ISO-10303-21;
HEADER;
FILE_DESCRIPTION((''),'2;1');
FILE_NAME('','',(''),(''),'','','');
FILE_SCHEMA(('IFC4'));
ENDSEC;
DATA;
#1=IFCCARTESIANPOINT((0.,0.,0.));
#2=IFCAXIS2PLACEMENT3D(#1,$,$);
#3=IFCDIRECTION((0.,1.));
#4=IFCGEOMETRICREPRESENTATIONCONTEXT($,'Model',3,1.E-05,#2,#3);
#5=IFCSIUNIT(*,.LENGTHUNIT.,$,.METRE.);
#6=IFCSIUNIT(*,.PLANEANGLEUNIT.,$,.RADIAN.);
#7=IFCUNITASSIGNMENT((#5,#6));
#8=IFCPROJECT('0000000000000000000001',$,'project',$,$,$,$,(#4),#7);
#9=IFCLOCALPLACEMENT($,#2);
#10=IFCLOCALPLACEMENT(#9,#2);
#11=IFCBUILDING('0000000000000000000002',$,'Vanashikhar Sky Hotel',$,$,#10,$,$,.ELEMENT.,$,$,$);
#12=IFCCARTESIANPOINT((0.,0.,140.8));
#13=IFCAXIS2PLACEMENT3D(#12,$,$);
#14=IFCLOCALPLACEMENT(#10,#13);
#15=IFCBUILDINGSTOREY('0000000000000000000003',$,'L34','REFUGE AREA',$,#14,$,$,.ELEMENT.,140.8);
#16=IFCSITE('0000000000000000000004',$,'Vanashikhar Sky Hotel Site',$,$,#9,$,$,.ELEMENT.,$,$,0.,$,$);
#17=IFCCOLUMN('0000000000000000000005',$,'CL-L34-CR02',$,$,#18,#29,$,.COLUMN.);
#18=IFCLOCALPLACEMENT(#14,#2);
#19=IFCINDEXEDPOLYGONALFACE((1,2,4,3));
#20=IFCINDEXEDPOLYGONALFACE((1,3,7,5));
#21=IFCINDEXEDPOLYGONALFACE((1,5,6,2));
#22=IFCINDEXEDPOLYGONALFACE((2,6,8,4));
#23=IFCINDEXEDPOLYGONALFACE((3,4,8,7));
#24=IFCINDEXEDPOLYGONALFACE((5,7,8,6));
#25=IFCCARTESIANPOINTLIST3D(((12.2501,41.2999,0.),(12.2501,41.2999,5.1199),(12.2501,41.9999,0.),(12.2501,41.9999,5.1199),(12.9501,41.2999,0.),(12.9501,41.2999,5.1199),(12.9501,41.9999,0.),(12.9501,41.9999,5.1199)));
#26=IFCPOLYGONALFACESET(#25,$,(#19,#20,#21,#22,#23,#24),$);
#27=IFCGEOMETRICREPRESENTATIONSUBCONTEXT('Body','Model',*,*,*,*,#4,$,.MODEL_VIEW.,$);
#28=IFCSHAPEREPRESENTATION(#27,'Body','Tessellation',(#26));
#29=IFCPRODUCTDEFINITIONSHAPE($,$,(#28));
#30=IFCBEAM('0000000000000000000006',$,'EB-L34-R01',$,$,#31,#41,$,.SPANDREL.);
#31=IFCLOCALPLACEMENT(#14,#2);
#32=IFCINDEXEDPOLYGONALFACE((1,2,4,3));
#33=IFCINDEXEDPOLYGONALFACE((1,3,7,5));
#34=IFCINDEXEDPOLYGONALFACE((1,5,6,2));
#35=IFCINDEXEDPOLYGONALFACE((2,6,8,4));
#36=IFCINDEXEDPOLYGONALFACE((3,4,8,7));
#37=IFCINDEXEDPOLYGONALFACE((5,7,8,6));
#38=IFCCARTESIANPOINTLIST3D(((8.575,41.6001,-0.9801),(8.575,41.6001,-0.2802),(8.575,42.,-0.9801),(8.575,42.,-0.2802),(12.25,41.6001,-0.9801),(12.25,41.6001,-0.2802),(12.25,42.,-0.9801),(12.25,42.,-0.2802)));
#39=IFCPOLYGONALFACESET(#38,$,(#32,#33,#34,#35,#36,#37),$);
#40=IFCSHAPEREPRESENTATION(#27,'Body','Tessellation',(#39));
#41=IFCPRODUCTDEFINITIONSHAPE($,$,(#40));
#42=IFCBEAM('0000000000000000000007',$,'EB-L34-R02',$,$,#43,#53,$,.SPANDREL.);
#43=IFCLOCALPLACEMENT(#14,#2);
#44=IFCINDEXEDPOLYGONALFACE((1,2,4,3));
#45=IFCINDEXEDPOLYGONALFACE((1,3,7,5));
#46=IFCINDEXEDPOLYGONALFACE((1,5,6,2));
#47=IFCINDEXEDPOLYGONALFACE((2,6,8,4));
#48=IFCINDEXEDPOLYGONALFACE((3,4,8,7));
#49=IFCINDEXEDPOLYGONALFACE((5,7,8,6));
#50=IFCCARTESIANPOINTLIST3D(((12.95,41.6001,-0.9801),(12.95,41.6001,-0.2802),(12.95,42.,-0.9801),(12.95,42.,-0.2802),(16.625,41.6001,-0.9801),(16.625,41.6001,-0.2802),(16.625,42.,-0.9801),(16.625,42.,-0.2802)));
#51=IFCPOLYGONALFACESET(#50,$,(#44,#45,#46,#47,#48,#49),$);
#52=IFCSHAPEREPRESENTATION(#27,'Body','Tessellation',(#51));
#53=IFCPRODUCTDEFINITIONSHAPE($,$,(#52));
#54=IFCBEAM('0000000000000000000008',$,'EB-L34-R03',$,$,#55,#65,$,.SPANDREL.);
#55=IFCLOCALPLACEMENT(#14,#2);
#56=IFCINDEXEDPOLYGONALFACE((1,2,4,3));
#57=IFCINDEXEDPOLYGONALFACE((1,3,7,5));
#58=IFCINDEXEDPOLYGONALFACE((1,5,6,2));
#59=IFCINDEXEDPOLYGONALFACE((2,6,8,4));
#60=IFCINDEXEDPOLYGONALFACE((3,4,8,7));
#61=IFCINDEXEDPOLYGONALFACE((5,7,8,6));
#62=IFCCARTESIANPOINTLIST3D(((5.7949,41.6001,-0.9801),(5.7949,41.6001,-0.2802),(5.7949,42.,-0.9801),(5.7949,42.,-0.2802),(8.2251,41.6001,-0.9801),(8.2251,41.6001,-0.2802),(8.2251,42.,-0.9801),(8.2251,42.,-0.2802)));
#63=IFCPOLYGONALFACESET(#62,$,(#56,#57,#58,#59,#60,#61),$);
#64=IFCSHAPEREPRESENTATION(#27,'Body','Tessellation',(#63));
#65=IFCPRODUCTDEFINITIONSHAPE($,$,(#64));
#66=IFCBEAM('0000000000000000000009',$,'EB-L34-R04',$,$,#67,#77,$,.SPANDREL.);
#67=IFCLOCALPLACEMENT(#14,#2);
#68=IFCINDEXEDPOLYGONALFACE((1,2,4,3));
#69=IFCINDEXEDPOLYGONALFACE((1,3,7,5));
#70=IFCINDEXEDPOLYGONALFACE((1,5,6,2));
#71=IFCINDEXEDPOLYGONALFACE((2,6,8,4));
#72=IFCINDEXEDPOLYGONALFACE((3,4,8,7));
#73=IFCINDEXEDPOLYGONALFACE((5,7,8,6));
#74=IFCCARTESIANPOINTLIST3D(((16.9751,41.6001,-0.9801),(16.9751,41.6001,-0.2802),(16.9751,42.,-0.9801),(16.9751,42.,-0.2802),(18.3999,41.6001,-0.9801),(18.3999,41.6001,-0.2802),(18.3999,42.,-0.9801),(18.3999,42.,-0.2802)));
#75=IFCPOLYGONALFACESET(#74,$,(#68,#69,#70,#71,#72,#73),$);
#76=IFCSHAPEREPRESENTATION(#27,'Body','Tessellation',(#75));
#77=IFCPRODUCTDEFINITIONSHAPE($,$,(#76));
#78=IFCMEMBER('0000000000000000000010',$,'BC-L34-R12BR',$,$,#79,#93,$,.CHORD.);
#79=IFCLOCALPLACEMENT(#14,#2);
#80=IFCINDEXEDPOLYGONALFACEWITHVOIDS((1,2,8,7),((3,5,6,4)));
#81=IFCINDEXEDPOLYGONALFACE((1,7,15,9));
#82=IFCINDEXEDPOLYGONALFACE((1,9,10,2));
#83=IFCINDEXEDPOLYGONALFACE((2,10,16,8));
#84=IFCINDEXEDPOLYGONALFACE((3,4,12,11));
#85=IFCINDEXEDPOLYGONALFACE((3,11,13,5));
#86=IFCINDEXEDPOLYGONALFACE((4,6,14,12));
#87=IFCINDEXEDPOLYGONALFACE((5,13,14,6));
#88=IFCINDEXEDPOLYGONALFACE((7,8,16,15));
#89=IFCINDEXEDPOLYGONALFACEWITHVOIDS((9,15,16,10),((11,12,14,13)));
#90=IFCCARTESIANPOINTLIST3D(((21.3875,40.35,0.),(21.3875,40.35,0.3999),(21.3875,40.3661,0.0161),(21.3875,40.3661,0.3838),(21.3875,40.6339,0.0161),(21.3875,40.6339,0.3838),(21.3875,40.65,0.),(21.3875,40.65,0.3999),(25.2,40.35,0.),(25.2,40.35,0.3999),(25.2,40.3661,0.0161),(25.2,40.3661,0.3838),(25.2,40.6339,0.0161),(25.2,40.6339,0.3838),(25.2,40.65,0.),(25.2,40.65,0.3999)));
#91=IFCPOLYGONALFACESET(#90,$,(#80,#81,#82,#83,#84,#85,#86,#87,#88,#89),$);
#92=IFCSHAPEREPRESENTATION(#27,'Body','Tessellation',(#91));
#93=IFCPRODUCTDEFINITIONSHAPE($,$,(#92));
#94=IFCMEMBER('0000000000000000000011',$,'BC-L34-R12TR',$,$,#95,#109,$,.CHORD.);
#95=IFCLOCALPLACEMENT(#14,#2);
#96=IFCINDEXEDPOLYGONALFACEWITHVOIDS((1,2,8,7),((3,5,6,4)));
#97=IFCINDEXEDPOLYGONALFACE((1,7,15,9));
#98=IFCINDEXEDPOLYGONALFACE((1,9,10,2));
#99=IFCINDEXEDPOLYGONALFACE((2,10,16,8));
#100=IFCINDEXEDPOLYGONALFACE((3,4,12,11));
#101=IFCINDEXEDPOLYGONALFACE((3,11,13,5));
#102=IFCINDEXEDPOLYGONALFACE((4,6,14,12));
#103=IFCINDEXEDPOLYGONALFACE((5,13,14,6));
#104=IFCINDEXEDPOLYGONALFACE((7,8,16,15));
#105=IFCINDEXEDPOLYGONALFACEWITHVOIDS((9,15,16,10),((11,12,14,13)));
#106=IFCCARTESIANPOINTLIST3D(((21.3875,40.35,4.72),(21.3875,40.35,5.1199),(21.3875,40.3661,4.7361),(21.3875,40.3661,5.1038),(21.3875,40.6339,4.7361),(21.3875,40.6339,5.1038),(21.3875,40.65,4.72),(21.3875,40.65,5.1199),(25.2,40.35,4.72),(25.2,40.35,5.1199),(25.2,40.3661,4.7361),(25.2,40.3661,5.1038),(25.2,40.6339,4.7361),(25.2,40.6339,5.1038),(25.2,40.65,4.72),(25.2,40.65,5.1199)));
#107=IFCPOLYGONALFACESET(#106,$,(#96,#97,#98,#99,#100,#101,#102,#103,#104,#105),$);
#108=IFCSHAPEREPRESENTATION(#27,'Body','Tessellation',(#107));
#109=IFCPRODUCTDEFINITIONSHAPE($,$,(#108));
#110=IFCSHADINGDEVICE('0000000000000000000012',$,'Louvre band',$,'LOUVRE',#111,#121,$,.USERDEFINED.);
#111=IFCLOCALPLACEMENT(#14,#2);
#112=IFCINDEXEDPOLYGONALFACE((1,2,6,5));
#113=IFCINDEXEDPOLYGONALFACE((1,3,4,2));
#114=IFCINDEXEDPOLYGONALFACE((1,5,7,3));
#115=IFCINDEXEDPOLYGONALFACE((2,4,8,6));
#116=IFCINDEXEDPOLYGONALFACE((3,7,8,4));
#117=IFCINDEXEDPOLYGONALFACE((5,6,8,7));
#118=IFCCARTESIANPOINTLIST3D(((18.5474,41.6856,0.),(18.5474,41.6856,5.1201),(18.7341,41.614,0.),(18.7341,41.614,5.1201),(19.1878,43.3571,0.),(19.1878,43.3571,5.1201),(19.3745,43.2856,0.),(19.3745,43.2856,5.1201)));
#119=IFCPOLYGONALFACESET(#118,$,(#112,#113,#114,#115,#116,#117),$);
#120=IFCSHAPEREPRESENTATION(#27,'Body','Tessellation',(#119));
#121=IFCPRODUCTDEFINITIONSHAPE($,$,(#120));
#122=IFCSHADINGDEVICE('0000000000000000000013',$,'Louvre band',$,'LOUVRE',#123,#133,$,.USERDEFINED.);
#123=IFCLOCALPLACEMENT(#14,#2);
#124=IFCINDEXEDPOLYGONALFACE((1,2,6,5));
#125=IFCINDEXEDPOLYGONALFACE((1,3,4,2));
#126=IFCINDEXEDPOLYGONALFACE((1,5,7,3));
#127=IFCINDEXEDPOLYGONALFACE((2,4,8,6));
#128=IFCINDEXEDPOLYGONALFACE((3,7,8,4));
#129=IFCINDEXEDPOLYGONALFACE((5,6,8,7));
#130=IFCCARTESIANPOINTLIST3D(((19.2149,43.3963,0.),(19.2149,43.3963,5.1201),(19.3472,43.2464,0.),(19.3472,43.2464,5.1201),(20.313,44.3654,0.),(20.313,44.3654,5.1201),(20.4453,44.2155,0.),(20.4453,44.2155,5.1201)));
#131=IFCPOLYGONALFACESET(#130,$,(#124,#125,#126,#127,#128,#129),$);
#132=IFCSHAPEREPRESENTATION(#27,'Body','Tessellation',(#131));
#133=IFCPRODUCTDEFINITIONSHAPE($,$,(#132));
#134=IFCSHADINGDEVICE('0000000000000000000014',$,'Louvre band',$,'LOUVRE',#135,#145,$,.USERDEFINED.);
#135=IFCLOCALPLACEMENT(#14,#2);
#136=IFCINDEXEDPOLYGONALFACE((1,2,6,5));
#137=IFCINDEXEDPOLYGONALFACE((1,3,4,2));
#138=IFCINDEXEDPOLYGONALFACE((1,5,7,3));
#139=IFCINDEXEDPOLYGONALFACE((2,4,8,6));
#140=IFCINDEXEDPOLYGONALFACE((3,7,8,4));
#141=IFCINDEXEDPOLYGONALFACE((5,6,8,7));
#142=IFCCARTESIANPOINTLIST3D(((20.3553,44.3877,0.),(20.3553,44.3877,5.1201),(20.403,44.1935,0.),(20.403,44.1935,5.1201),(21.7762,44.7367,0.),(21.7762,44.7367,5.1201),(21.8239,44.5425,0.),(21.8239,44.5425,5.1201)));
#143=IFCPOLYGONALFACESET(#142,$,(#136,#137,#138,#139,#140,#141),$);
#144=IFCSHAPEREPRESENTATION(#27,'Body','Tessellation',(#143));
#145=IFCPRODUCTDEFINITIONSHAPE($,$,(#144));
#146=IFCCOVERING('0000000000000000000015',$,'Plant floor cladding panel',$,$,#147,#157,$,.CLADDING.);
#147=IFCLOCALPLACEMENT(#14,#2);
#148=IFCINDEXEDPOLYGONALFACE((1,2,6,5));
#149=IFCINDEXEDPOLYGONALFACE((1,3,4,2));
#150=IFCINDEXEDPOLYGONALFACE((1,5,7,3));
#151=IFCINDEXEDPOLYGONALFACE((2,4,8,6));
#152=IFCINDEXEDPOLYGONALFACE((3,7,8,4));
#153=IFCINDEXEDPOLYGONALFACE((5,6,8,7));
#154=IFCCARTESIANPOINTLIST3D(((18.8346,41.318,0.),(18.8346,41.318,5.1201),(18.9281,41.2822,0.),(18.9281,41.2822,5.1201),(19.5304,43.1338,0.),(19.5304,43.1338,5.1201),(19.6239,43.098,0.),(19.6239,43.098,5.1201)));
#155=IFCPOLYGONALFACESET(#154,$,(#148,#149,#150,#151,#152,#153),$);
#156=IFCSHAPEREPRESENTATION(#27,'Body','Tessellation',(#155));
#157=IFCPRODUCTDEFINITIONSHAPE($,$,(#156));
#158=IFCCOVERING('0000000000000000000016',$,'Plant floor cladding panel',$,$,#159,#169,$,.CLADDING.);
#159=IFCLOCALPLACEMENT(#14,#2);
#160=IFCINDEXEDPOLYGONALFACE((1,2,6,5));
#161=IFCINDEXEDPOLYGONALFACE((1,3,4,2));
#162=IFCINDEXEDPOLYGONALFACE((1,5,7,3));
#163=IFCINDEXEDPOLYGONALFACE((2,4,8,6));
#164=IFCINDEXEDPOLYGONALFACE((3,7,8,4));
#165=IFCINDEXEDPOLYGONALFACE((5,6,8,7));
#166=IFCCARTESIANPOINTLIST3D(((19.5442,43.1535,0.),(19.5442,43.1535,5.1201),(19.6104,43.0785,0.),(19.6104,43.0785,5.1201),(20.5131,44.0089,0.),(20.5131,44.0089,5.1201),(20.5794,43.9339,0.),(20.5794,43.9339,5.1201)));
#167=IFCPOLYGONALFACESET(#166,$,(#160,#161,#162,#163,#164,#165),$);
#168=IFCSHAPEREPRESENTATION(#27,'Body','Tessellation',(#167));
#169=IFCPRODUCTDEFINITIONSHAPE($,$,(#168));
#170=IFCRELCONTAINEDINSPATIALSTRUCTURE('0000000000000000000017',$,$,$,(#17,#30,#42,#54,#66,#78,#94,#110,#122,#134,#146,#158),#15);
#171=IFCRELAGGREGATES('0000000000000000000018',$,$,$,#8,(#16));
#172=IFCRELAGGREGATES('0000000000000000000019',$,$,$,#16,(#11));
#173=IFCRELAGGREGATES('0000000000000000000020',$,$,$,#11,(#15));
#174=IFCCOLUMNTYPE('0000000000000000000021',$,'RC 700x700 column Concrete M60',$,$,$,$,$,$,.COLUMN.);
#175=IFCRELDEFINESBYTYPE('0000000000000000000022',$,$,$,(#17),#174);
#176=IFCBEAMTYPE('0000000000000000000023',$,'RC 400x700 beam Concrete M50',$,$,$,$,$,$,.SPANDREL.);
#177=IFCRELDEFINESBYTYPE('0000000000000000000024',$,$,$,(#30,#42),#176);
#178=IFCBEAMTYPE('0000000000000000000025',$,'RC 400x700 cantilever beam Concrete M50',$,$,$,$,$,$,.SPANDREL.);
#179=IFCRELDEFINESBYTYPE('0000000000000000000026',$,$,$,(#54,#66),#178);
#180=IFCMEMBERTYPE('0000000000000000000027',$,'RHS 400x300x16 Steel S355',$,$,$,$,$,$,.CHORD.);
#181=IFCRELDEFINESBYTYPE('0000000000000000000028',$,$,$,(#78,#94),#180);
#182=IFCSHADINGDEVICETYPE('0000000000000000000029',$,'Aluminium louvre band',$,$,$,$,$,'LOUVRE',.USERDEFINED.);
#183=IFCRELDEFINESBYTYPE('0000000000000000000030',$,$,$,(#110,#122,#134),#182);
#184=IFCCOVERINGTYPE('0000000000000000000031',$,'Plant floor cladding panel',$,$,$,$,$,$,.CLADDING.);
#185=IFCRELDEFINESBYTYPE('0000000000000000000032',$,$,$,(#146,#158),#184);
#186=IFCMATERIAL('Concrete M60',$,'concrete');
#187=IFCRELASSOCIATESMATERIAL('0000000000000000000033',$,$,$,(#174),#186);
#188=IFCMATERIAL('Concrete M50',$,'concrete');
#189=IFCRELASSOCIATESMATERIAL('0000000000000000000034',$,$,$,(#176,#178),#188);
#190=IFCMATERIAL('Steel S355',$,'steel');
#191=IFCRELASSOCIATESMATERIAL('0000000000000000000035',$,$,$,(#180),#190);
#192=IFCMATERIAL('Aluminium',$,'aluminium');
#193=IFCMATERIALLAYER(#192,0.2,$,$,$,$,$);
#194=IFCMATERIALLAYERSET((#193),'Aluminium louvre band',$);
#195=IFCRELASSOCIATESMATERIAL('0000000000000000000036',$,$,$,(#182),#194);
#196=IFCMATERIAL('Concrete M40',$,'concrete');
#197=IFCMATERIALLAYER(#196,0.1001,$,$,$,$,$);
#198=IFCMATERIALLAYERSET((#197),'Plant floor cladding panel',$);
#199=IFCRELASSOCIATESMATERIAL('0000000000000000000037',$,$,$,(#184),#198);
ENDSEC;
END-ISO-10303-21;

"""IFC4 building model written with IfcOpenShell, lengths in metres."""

from ifc_helpers import new_model, si_unit, direction, frame, origin, origin_2d, place, context, subcontext, project, spatial, rectangle, hollow_rectangle, extrude, source, transform, mapped, material, layer, layer_set, material_profile, profile_set, type_object, element, save


model = new_model("IFC4")

# Units and contexts
model_context = context("Model", 3, precision=1e-05, world=origin(), true_north=direction((0.0, 1.0)))
body_context = subcontext(model_context, "Body", "Model", "MODEL_VIEW")
ifc_project = project(units=[si_unit("LENGTHUNIT", "METRE"), si_unit("PLANEANGLEUNIT", "RADIAN")], contexts=[model_context])

# Site, building, storey
site_placement = place(None, origin())
site = spatial("IfcSite", under=ifc_project, at=site_placement, Name="Vanashikhar Sky Hotel Site", CompositionType="ELEMENT", RefElevation=0.0)
building_placement = place(site_placement, origin())
building = spatial("IfcBuilding", under=site, at=building_placement, Name="Vanashikhar Sky Hotel", CompositionType="ELEMENT")
storey_placement = place(building_placement, frame((0.0, 0.0, 140.8)))
storey = spatial("IfcBuildingStorey", under=building, at=storey_placement, Name="L34", Description="REFUGE AREA", CompositionType="ELEMENT", Elevation=140.8)

# Column
ifc_material_1 = material(Name="Concrete M60", Category="concrete")
ifc_material_profile_1 = material_profile(ifc_material_1, rectangle(XDim=0.7, YDim=0.7, at=origin_2d()))
ifc_profile_set_1 = profile_set([ifc_material_profile_1], Name="RC 700x700 column Concrete M60")
column_type = type_object("IfcColumnType", Name="RC 700x700 column Concrete M60", PredefinedType="COLUMN", material=ifc_profile_set_1)
shared_shape_1 = source(origin(), body_context, "Body", "SweptSolid", [
    extrude(rectangle(XDim=0.7, YDim=0.7, at=origin_2d()), origin(), (0.0, 0.0, 1.0), 5.1199),
])
column_placement = place(storey_placement, frame((12.6001, 41.6499, 0.0), z_axis=(0.0, 0.0, 1.0), x_axis=(1.0, 0.0, 0.0)))
element("IfcColumn", 1, at=column_placement, inside=storey, type_object=column_type, Name="CL-L34-CR02", PredefinedType="COLUMN", context=body_context, shape_type="MappedRepresentation", body=[
    mapped(shared_shape_1, transform((0.0, 0.0, 0.0), scale=1.0)),
])

# Beams
ifc_material_2 = material(Name="Concrete M50", Category="concrete")
ifc_material_profile_2 = material_profile(ifc_material_2, rectangle(XDim=0.3999, YDim=0.7, at=origin_2d()))
ifc_profile_set_2 = profile_set([ifc_material_profile_2], Name="RC 400x700 beam Concrete M50")
beam_type_1 = type_object("IfcBeamType", Name="RC 400x700 beam Concrete M50", PredefinedType="SPANDREL", material=ifc_profile_set_2)
shared_shape_2 = source(origin(), body_context, "Body", "SweptSolid", [
    extrude(rectangle(XDim=0.3999, YDim=0.7, at=origin_2d()), origin(), (0.0, 0.0, 1.0), 3.675),
])
for number, where, z_axis, x_axis, name in (
    (2, (8.575, 41.8, -0.6301), (1.0, 0.0, 0.0), (0.0, 1.0, 0.0), "EB-L34-R01"),
    (3, (12.95, 41.8, -0.6301), (1.0, 0.0, 0.0), (0.0, 1.0, 0.0), "EB-L34-R02"),
):
    element("IfcBeam", number, at=place(storey_placement, frame(where, z_axis=z_axis, x_axis=x_axis)), inside=storey, type_object=beam_type_1, Name=name, PredefinedType="SPANDREL", context=body_context, shape_type="MappedRepresentation", body=[
        mapped(shared_shape_2, transform((0.0, 0.0, 0.0), scale=1.0)),
    ])
ifc_material_profile_3 = material_profile(ifc_material_2, rectangle(XDim=0.3999, YDim=0.7, at=origin_2d()))
ifc_profile_set_3 = profile_set([ifc_material_profile_3], Name="RC 400x700 cantilever beam Concrete M50")
beam_type_2 = type_object("IfcBeamType", Name="RC 400x700 cantilever beam Concrete M50", PredefinedType="SPANDREL", material=ifc_profile_set_3)
shared_shape_3 = source(origin(), body_context, "Body", "SweptSolid", [
    extrude(rectangle(XDim=0.3999, YDim=0.7, at=origin_2d()), origin(), (0.0, 0.0, 1.0), 2.4302),
])
beam_1_placement = place(storey_placement, frame((5.7949, 41.8, -0.6301), z_axis=(1.0, 0.0, 0.0), x_axis=(0.0, 1.0, 0.0)))
element("IfcBeam", 4, at=beam_1_placement, inside=storey, type_object=beam_type_2, Name="EB-L34-R03", PredefinedType="SPANDREL", context=body_context, shape_type="MappedRepresentation", body=[
    mapped(shared_shape_3, transform((0.0, 0.0, 0.0), scale=1.0)),
])
shared_shape_4 = source(origin(), body_context, "Body", "SweptSolid", [
    extrude(rectangle(XDim=0.3999, YDim=0.7, at=origin_2d()), origin(), (0.0, 0.0, 1.0), 1.4248),
])
beam_2_placement = place(storey_placement, frame((16.9751, 41.8, -0.6301), z_axis=(1.0, 0.0, 0.0), x_axis=(0.0, 1.0, 0.0)))
element("IfcBeam", 5, at=beam_2_placement, inside=storey, type_object=beam_type_2, Name="EB-L34-R04", PredefinedType="SPANDREL", context=body_context, shape_type="MappedRepresentation", body=[
    mapped(shared_shape_4, transform((0.0, 0.0, 0.0), scale=1.0)),
])

# Members
ifc_material_3 = material(Name="Steel S355", Category="steel")
ifc_material_profile_4 = material_profile(ifc_material_3, hollow_rectangle(XDim=0.3, YDim=0.3999, WallThickness=0.0161, at=origin_2d()))
ifc_profile_set_4 = profile_set([ifc_material_profile_4], Name="RHS 400x300x16 Steel S355")
member_type = type_object("IfcMemberType", Name="RHS 400x300x16 Steel S355", PredefinedType="CHORD", material=ifc_profile_set_4)
shared_shape_5 = source(origin(), body_context, "Body", "SweptSolid", [
    extrude(hollow_rectangle(XDim=0.3, YDim=0.3999, WallThickness=0.0161, at=origin_2d()), origin(), (0.0, 0.0, 1.0), 3.8125),
])
for number, where, z_axis, x_axis, name in (
    (6, (21.3875, 40.5, 0.2), (1.0, 0.0, 0.0), (0.0, 1.0, 0.0), "BC-L34-R12BR"),
    (7, (21.3875, 40.5, 4.9199), (1.0, 0.0, 0.0), (0.0, 1.0, 0.0), "BC-L34-R12TR"),
):
    element("IfcMember", number, at=place(storey_placement, frame(where, z_axis=z_axis, x_axis=x_axis)), inside=storey, type_object=member_type, Name=name, PredefinedType="CHORD", context=body_context, shape_type="MappedRepresentation", body=[
        mapped(shared_shape_5, transform((0.0, 0.0, 0.0), scale=1.0)),
    ])

# Shading devices
ifc_material_4 = material(Name="Aluminium", Category="aluminium")
ifc_layer_1 = layer(ifc_material_4, 0.2)
ifc_layer_set_1 = layer_set([ifc_layer_1], Name="Aluminium louvre band")
shading_device_type = type_object("IfcShadingDeviceType", Name="Aluminium louvre band", ElementType="LOUVRE", PredefinedType="USERDEFINED", material=ifc_layer_set_1)
shared_shape_6 = source(origin(), body_context, "Body", "SweptSolid", [
    extrude(rectangle(XDim=1.79, YDim=0.2, at=origin_2d()), origin(), (0.0, 0.0, 1.0), 5.1201),
])
shading_device_1_placement = place(storey_placement, frame((18.9609, 42.4856, 0.0), z_axis=(0.0, 0.0, 1.0), x_axis=(-0.357765, -0.933812, 0.0)))
element("IfcShadingDevice", 8, at=shading_device_1_placement, inside=storey, type_object=shading_device_type, Name="Louvre band", ObjectType="LOUVRE", PredefinedType="USERDEFINED", context=body_context, shape_type="MappedRepresentation", body=[
    mapped(shared_shape_6, transform((0.0, 0.0, 0.0), scale=1.0)),
])
shared_shape_7 = source(origin(), body_context, "Body", "SweptSolid", [
    extrude(rectangle(XDim=1.4646, YDim=0.2, at=origin_2d()), origin(), (0.0, 0.0, 1.0), 5.1201),
])
shading_device_2_placement = place(storey_placement, frame((19.8301, 43.8059, 0.0), z_axis=(0.0, 0.0, 1.0), x_axis=(-0.749742, -0.661731, 0.0)))
element("IfcShadingDevice", 9, at=shading_device_2_placement, inside=storey, type_object=shading_device_type, Name="Louvre band", ObjectType="LOUVRE", PredefinedType="USERDEFINED", context=body_context, shape_type="MappedRepresentation", body=[
    mapped(shared_shape_7, transform((0.0, 0.0, 0.0), scale=1.0)),
])
shared_shape_8 = source(origin(), body_context, "Body", "SweptSolid", [
    extrude(rectangle(XDim=1.4631, YDim=0.2, at=origin_2d()), origin(), (0.0, 0.0, 1.0), 5.1201),
])
shading_device_3_placement = place(storey_placement, frame((21.0896, 44.4651, 0.0), z_axis=(0.0, 0.0, 1.0), x_axis=(-0.971134, -0.238533, 0.0)))
element("IfcShadingDevice", 10, at=shading_device_3_placement, inside=storey, type_object=shading_device_type, Name="Louvre band", ObjectType="LOUVRE", PredefinedType="USERDEFINED", context=body_context, shape_type="MappedRepresentation", body=[
    mapped(shared_shape_8, transform((0.0, 0.0, 0.0), scale=1.0)),
])

# Coverings
ifc_material_5 = material(Name="Concrete M40", Category="concrete")
ifc_layer_2 = layer(ifc_material_5, 0.1001)
ifc_layer_set_2 = layer_set([ifc_layer_2], Name="Plant floor cladding panel")
covering_type_1 = type_object("IfcCoveringType", Name="Plant floor cladding panel", PredefinedType="CLADDING", material=ifc_layer_set_2)
shared_shape_9 = source(origin(), body_context, "Body", "SweptSolid", [
    extrude(rectangle(XDim=1.9446, YDim=0.1001, at=origin_2d()), origin(), (0.0, 0.0, 1.0), 5.1201),
])
covering_1_placement = place(storey_placement, frame((19.2292, 42.208, 0.0), z_axis=(0.0, 0.0, 1.0), x_axis=(-0.357781, -0.933805, 0.0)))
element("IfcCovering", 11, at=covering_1_placement, inside=storey, type_object=covering_type_1, Name="Plant floor cladding panel", PredefinedType="CLADDING", context=body_context, shape_type="MappedRepresentation", body=[
    mapped(shared_shape_9, transform((0.0, 0.0, 0.0), scale=1.0)),
])
shared_shape_10 = source(origin(), body_context, "Body", "SweptSolid", [
    extrude(rectangle(XDim=1.2925, YDim=0.1001, at=origin_2d()), origin(), (0.0, 0.0, 1.0), 5.1201),
])
covering_2_placement = place(storey_placement, frame((20.0618, 43.5437, 0.0), z_axis=(0.0, 0.0, 1.0), x_axis=(-0.749684, -0.661796, 0.0)))
element("IfcCovering", 12, at=covering_2_placement, inside=storey, type_object=covering_type_1, Name="Plant floor cladding panel", PredefinedType="CLADDING", context=body_context, shape_type="MappedRepresentation", body=[
    mapped(shared_shape_10, transform((0.0, 0.0, 0.0), scale=1.0)),
])

save(model, "model.ifc")
